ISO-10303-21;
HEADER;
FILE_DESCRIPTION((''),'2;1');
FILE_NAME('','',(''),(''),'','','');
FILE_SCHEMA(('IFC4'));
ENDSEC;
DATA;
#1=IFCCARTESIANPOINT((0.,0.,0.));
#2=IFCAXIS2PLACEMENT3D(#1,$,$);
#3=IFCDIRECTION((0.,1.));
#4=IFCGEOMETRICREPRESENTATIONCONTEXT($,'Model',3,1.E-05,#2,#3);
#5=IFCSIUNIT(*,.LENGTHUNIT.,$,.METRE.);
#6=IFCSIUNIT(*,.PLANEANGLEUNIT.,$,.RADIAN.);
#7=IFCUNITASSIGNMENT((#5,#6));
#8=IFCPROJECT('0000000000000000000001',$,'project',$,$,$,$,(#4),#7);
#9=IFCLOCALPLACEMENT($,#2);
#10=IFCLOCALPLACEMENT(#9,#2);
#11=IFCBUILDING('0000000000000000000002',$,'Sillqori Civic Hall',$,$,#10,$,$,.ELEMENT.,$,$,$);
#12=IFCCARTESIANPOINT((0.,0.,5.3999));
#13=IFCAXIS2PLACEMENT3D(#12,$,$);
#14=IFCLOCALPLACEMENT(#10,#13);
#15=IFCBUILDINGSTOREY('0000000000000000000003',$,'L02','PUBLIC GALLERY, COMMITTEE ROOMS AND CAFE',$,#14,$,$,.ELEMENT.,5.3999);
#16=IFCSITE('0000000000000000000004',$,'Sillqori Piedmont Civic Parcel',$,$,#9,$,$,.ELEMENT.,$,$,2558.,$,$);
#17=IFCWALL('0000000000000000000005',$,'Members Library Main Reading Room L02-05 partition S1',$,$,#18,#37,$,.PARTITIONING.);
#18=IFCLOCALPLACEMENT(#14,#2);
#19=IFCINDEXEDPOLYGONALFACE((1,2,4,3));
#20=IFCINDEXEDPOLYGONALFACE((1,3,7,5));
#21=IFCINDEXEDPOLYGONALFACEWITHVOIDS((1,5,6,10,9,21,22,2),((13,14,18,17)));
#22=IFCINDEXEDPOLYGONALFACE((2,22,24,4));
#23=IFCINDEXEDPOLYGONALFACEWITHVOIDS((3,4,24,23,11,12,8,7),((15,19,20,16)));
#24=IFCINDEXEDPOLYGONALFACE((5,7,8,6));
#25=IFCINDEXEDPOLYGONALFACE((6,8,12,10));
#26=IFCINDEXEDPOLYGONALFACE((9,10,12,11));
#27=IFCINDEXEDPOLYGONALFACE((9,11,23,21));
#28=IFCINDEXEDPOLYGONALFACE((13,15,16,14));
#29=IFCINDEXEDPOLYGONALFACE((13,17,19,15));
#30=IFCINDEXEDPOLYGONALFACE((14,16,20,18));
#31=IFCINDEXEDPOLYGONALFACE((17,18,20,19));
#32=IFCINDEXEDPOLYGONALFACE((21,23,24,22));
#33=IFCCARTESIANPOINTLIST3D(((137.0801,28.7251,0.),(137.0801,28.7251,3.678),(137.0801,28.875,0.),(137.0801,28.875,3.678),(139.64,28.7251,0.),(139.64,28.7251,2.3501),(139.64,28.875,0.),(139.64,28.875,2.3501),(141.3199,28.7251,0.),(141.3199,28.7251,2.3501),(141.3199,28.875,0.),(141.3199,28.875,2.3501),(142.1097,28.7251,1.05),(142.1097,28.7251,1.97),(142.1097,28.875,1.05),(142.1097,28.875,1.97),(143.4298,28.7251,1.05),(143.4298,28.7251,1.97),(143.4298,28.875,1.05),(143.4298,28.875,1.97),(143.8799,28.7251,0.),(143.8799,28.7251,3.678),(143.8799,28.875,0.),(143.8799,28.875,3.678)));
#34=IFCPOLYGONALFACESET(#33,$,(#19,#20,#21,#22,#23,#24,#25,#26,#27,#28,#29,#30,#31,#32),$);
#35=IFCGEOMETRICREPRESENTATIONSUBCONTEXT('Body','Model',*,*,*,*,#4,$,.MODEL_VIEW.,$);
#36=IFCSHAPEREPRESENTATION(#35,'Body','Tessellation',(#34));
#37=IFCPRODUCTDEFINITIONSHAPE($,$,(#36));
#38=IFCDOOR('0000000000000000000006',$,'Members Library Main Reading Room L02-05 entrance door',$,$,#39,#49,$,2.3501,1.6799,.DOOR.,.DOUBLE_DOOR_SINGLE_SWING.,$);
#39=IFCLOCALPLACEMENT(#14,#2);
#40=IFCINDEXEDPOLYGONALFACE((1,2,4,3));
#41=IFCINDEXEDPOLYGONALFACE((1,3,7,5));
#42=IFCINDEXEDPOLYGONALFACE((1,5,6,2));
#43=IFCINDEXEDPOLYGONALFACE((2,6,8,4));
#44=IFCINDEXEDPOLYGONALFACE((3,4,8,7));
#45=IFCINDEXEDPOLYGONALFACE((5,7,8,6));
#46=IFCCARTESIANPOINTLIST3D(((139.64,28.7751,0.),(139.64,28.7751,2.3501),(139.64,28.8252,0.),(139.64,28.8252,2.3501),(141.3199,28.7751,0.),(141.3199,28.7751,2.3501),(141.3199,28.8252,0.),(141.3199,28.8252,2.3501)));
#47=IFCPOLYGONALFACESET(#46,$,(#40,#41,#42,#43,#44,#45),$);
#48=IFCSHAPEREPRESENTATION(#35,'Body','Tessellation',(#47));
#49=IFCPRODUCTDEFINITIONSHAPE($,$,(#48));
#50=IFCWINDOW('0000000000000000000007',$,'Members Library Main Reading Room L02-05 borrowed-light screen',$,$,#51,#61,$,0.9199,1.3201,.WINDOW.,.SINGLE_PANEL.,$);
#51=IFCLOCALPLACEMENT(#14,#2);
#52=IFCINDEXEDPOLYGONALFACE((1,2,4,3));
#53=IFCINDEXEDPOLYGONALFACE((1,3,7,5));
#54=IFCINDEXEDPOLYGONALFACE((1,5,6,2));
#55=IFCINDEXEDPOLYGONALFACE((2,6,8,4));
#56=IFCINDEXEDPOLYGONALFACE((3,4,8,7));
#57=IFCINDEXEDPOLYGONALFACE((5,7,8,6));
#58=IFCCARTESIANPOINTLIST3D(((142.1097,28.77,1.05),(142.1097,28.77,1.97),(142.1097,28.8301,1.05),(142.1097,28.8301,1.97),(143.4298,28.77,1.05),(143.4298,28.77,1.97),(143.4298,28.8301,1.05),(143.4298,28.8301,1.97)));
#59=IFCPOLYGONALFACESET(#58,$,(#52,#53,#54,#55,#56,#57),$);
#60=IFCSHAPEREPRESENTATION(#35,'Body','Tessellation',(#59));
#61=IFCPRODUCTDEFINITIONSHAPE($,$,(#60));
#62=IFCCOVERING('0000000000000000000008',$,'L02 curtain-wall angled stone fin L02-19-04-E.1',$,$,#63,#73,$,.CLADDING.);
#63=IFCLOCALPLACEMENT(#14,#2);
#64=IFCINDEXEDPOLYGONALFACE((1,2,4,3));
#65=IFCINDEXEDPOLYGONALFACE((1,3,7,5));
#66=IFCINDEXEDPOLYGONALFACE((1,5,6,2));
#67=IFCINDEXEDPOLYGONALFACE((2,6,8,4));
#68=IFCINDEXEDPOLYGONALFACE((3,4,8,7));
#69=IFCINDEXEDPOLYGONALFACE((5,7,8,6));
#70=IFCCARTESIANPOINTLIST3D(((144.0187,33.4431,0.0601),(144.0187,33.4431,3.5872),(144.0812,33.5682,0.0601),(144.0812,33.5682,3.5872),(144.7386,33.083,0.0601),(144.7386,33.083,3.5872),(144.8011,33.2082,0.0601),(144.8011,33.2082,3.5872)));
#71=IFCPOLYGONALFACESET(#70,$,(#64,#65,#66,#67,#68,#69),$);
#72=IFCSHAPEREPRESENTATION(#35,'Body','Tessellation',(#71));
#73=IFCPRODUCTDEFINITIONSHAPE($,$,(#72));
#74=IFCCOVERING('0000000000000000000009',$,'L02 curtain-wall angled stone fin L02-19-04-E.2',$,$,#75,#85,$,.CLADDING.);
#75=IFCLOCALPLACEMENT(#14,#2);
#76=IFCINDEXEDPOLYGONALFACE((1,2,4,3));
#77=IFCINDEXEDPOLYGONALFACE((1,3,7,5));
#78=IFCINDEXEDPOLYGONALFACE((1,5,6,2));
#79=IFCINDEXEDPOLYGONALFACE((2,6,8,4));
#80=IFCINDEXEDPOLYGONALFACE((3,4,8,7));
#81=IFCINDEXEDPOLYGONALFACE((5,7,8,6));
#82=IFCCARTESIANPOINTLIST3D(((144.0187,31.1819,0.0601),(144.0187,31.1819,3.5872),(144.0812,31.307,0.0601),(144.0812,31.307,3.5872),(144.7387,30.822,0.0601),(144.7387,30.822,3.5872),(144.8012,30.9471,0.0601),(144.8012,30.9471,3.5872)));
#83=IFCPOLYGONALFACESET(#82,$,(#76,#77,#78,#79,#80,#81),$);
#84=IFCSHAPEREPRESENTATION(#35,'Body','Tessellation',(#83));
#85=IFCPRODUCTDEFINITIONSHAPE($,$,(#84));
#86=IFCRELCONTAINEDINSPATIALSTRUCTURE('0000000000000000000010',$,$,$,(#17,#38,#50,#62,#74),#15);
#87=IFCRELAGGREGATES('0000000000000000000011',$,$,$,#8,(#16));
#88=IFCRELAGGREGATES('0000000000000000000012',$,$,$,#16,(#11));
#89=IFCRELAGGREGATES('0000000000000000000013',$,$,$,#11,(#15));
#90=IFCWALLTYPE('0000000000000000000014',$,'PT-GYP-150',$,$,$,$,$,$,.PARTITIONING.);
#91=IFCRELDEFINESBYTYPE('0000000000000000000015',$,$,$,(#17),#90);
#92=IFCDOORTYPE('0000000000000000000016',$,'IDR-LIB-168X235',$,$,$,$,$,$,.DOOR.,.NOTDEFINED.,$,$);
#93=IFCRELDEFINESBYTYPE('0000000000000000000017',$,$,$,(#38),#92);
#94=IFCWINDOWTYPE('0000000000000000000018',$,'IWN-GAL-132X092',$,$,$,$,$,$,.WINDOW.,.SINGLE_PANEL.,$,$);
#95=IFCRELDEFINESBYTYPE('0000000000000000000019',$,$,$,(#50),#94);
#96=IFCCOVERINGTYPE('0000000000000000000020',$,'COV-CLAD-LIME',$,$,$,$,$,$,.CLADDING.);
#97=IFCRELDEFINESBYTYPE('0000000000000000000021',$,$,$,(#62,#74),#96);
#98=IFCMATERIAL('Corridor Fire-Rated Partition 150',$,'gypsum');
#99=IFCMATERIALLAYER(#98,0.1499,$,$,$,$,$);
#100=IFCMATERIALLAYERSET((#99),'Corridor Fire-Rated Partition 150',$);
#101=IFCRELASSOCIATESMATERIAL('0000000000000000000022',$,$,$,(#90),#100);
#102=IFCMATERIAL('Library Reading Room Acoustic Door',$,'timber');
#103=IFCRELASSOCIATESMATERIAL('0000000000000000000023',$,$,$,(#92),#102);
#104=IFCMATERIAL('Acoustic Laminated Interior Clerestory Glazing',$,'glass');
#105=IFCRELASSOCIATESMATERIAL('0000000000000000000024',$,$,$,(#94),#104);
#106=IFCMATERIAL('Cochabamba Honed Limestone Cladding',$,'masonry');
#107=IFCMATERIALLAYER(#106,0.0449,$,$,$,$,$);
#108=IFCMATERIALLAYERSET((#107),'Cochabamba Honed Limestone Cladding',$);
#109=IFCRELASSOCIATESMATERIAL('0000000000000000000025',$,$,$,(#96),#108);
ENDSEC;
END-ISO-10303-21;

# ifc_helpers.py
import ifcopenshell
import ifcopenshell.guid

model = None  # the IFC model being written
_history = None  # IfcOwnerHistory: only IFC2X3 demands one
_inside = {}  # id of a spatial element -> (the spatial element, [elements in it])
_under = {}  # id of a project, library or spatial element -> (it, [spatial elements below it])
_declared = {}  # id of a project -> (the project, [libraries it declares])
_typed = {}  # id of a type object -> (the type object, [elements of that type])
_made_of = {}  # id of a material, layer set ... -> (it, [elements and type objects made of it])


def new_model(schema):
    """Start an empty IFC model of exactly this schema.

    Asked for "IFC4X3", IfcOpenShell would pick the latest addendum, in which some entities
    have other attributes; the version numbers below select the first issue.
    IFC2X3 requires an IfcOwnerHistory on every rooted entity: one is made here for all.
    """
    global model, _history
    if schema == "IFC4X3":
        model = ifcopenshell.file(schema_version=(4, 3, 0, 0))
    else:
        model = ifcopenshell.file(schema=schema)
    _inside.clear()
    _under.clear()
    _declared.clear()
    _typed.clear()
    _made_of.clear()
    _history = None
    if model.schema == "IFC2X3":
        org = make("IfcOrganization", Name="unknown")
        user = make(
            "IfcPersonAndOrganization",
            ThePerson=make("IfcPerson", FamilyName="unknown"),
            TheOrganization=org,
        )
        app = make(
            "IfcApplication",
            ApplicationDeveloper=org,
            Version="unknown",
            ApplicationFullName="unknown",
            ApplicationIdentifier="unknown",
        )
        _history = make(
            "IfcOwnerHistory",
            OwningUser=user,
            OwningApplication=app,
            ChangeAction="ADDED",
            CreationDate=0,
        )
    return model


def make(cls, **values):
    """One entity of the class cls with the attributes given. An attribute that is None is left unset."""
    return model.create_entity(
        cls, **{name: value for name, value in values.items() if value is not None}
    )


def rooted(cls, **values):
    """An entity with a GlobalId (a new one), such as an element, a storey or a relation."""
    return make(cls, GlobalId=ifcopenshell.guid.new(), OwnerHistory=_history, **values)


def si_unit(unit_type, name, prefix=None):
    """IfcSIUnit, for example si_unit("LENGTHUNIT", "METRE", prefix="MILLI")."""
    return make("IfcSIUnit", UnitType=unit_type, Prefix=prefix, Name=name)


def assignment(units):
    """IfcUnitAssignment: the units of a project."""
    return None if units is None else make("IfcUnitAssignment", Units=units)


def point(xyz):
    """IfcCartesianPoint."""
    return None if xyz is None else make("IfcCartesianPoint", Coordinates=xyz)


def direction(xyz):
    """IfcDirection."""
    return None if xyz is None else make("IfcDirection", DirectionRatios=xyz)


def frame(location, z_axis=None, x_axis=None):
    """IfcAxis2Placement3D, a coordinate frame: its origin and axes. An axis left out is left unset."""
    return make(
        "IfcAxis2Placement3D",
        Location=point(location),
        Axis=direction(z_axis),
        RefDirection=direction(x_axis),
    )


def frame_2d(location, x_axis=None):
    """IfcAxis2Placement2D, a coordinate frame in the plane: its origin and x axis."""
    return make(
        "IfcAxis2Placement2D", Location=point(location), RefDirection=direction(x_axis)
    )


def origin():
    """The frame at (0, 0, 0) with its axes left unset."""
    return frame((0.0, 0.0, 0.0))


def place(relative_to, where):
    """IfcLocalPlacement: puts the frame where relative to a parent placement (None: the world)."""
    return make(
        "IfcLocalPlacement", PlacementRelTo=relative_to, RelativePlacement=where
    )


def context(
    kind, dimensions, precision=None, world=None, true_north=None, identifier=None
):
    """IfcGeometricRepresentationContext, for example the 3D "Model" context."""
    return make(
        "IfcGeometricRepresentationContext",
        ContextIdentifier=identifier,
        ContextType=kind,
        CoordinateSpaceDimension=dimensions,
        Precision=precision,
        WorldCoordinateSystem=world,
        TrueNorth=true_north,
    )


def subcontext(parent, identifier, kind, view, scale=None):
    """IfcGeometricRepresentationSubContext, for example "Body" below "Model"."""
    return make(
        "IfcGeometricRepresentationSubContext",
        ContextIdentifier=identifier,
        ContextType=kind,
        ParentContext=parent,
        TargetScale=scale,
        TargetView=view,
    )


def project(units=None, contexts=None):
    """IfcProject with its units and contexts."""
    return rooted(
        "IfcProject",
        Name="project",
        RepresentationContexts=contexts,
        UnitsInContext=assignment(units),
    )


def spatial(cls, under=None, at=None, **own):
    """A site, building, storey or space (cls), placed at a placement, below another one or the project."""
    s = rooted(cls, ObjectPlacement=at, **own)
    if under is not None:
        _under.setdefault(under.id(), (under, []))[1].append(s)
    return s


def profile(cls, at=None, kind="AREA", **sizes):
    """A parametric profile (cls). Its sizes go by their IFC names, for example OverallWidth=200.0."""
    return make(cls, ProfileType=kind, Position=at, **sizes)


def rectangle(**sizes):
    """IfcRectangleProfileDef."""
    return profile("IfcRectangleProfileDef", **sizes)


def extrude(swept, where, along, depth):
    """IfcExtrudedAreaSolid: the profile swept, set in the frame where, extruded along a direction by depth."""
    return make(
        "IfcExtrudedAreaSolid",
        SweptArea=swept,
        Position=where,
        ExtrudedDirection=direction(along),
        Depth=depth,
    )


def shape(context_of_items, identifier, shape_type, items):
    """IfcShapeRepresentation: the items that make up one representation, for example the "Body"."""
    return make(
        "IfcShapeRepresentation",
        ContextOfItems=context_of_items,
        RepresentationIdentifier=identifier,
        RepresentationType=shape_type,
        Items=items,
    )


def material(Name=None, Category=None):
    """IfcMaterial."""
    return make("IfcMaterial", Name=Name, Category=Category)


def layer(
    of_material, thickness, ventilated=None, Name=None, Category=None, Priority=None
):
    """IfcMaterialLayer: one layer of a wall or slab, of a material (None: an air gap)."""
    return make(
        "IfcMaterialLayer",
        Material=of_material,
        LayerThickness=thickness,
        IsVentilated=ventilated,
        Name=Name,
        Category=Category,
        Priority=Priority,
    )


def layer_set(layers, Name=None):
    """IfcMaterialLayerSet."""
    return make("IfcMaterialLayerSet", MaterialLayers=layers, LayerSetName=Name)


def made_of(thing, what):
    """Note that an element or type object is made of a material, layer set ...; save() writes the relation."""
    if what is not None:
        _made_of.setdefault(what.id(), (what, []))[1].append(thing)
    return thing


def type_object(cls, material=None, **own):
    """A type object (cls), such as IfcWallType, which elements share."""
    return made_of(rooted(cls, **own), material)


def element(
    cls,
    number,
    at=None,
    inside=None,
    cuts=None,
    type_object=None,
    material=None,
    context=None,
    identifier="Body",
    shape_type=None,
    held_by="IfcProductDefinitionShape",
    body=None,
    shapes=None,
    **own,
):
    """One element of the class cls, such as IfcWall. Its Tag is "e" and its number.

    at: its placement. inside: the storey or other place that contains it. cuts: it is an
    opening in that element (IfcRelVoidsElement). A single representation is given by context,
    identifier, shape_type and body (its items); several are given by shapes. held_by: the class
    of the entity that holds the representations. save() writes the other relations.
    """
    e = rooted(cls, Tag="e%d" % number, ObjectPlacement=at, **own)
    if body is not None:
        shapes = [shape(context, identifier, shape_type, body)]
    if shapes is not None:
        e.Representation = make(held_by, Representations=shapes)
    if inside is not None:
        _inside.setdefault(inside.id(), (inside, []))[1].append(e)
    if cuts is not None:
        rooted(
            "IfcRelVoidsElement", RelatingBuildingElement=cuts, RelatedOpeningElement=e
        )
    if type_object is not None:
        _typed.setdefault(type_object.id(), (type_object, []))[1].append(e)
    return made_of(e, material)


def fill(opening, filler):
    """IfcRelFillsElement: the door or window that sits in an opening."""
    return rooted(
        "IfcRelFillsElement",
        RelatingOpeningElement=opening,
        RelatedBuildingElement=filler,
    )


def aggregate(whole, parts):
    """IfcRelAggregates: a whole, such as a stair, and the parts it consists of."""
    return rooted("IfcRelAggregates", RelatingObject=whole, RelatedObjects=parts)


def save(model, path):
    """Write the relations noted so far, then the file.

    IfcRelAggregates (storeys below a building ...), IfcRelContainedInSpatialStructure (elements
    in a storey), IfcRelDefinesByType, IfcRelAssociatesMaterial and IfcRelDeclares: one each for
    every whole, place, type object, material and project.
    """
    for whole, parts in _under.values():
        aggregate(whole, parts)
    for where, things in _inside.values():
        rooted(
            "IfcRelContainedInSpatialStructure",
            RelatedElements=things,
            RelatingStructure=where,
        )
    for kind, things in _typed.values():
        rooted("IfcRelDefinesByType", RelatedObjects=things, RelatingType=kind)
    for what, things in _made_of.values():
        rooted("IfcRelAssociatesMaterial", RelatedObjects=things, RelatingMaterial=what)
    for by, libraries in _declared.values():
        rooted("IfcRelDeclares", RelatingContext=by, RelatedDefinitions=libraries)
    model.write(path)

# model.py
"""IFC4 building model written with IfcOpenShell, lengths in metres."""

from ifc_helpers import new_model, si_unit, direction, frame, frame_2d, origin, place, context, subcontext, project, spatial, rectangle, extrude, material, layer, layer_set, type_object, element, fill, save


model = new_model("IFC4")

# Units and contexts
model_context = context("Model", 3, precision=1e-05, world=origin(), true_north=direction((0.0, 1.0)))
body_context = subcontext(model_context, "Body", "Model", "MODEL_VIEW")
ifc_project = project(units=[si_unit("LENGTHUNIT", "METRE"), si_unit("PLANEANGLEUNIT", "RADIAN")], contexts=[model_context])

# Site, building, storey
site_placement = place(None, origin())
site = spatial("IfcSite", under=ifc_project, at=site_placement, Name="Sillqori Piedmont Civic Parcel", CompositionType="ELEMENT", RefElevation=2558.0)
building_placement = place(site_placement, origin())
building = spatial("IfcBuilding", under=site, at=building_placement, Name="Sillqori Civic Hall", CompositionType="ELEMENT")
storey_placement = place(building_placement, frame((0.0, 0.0, 5.3999)))
storey = spatial("IfcBuildingStorey", under=building, at=storey_placement, Name="L02", Description="PUBLIC GALLERY, COMMITTEE ROOMS AND CAFE", CompositionType="ELEMENT", Elevation=5.3999)

# Wall, openings, door, window
ifc_material_1 = material(Name="Corridor Fire-Rated Partition 150", Category="gypsum")
ifc_layer_1 = layer(ifc_material_1, 0.1499)
ifc_layer_set_1 = layer_set([ifc_layer_1], Name="Corridor Fire-Rated Partition 150")
wall_type = type_object("IfcWallType", Name="PT-GYP-150", PredefinedType="PARTITIONING", material=ifc_layer_set_1)
wall_placement = place(storey_placement, frame((143.8799, 28.8, 0.0), z_axis=(0.0, 0.0, 1.0), x_axis=(-1.0, 0.0, 0.0)))
wall = element("IfcWall", 1, at=wall_placement, inside=storey, type_object=wall_type, Name="Members Library Main Reading Room L02-05 partition S1", PredefinedType="PARTITIONING", context=body_context, shape_type="SweptSolid", body=[
    extrude(rectangle(XDim=6.7998, YDim=0.1499, at=frame_2d((3.3999, 0.0))), origin(), (0.0, 0.0, 1.0), 3.678),
])
opening_1_placement = place(wall_placement, frame((2.5601, 0.0, 0.0)))
opening_1 = element("IfcOpeningElement", 2, at=opening_1_placement, cuts=wall, PredefinedType="OPENING", context=body_context, shape_type="SweptSolid", body=[
    extrude(rectangle(XDim=1.6799, YDim=2.3501, at=frame_2d((0.8398, 1.175))), frame((0.0, 0.085, 0.0), z_axis=(0.0, -1.0, 0.0), x_axis=(1.0, 0.0, 0.0)), (0.0, 0.0, 1.0), 0.1699),
])
opening_2_placement = place(wall_placement, frame((0.45, 0.0, 1.05)))
opening_2 = element("IfcOpeningElement", 3, at=opening_2_placement, cuts=wall, PredefinedType="OPENING", context=body_context, shape_type="SweptSolid", body=[
    extrude(rectangle(XDim=1.3201, YDim=0.9199, at=frame_2d((0.6602, 0.46))), frame((0.0, 0.085, 0.0), z_axis=(0.0, -1.0, 0.0), x_axis=(1.0, 0.0, 0.0)), (0.0, 0.0, 1.0), 0.1699),
])
ifc_material_2 = material(Name="Library Reading Room Acoustic Door", Category="timber")
door_type = type_object("IfcDoorType", Name="IDR-LIB-168X235", OperationType="NOTDEFINED", PredefinedType="DOOR", material=ifc_material_2)
door_placement = place(opening_1_placement, origin())
door = element("IfcDoor", 4, at=door_placement, inside=storey, type_object=door_type, Name="Members Library Main Reading Room L02-05 entrance door", OperationType="DOUBLE_DOOR_SINGLE_SWING", OverallHeight=2.3501, OverallWidth=1.6799, PredefinedType="DOOR", context=body_context, shape_type="SweptSolid", body=[
    extrude(rectangle(XDim=1.6799, YDim=2.3501, at=frame_2d((0.8398, 1.175))), frame((0.0, 0.0249, 0.0), z_axis=(0.0, -1.0, 0.0), x_axis=(1.0, 0.0, 0.0)), (0.0, 0.0, 1.0), 0.05),
])
fill(opening_1, door)
ifc_material_3 = material(Name="Acoustic Laminated Interior Clerestory Glazing", Category="glass")
window_type = type_object("IfcWindowType", Name="IWN-GAL-132X092", PartitioningType="SINGLE_PANEL", PredefinedType="WINDOW", material=ifc_material_3)
window_placement = place(opening_2_placement, origin())
window = element("IfcWindow", 5, at=window_placement, inside=storey, type_object=window_type, Name="Members Library Main Reading Room L02-05 borrowed-light screen", OverallHeight=0.9199, OverallWidth=1.3201, PartitioningType="SINGLE_PANEL", PredefinedType="WINDOW", context=body_context, shape_type="SweptSolid", body=[
    extrude(rectangle(XDim=1.3201, YDim=0.9199, at=frame_2d((0.6602, 0.46))), frame((0.0, 0.03, 0.0), z_axis=(0.0, -1.0, 0.0), x_axis=(1.0, 0.0, 0.0)), (0.0, 0.0, 1.0), 0.0601),
])
fill(opening_2, window)

# Coverings
ifc_material_4 = material(Name="Cochabamba Honed Limestone Cladding", Category="masonry")
ifc_layer_2 = layer(ifc_material_4, 0.0449)
ifc_layer_set_2 = layer_set([ifc_layer_2], Name="Cochabamba Honed Limestone Cladding")
covering_type = type_object("IfcCoveringType", Name="COV-CLAD-LIME", PredefinedType="CLADDING", material=ifc_layer_set_2)
for number, where, z_axis, x_axis, name in (
    (6, (144.05, 33.5056, 0.0601), (0.0, 0.0, 1.0), (0.894367, -0.447335, 0.0), "L02 curtain-wall angled stone fin L02-19-04-E.1"),
    (7, (144.05, 31.2444, 0.0601), (0.0, 0.0, 1.0), (0.894488, -0.447092, 0.0), "L02 curtain-wall angled stone fin L02-19-04-E.2"),
):
    element("IfcCovering", number, at=place(storey_placement, frame(where, z_axis=z_axis, x_axis=x_axis)), inside=storey, type_object=covering_type, Name=name, PredefinedType="CLADDING", context=body_context, shape_type="SweptSolid", body=[
        extrude(rectangle(XDim=0.8049, YDim=0.1399, at=frame_2d((0.4023, 0.0))), origin(), (0.0, 0.0, 1.0), 3.5271),
    ])

save(model, "model.ifc")
